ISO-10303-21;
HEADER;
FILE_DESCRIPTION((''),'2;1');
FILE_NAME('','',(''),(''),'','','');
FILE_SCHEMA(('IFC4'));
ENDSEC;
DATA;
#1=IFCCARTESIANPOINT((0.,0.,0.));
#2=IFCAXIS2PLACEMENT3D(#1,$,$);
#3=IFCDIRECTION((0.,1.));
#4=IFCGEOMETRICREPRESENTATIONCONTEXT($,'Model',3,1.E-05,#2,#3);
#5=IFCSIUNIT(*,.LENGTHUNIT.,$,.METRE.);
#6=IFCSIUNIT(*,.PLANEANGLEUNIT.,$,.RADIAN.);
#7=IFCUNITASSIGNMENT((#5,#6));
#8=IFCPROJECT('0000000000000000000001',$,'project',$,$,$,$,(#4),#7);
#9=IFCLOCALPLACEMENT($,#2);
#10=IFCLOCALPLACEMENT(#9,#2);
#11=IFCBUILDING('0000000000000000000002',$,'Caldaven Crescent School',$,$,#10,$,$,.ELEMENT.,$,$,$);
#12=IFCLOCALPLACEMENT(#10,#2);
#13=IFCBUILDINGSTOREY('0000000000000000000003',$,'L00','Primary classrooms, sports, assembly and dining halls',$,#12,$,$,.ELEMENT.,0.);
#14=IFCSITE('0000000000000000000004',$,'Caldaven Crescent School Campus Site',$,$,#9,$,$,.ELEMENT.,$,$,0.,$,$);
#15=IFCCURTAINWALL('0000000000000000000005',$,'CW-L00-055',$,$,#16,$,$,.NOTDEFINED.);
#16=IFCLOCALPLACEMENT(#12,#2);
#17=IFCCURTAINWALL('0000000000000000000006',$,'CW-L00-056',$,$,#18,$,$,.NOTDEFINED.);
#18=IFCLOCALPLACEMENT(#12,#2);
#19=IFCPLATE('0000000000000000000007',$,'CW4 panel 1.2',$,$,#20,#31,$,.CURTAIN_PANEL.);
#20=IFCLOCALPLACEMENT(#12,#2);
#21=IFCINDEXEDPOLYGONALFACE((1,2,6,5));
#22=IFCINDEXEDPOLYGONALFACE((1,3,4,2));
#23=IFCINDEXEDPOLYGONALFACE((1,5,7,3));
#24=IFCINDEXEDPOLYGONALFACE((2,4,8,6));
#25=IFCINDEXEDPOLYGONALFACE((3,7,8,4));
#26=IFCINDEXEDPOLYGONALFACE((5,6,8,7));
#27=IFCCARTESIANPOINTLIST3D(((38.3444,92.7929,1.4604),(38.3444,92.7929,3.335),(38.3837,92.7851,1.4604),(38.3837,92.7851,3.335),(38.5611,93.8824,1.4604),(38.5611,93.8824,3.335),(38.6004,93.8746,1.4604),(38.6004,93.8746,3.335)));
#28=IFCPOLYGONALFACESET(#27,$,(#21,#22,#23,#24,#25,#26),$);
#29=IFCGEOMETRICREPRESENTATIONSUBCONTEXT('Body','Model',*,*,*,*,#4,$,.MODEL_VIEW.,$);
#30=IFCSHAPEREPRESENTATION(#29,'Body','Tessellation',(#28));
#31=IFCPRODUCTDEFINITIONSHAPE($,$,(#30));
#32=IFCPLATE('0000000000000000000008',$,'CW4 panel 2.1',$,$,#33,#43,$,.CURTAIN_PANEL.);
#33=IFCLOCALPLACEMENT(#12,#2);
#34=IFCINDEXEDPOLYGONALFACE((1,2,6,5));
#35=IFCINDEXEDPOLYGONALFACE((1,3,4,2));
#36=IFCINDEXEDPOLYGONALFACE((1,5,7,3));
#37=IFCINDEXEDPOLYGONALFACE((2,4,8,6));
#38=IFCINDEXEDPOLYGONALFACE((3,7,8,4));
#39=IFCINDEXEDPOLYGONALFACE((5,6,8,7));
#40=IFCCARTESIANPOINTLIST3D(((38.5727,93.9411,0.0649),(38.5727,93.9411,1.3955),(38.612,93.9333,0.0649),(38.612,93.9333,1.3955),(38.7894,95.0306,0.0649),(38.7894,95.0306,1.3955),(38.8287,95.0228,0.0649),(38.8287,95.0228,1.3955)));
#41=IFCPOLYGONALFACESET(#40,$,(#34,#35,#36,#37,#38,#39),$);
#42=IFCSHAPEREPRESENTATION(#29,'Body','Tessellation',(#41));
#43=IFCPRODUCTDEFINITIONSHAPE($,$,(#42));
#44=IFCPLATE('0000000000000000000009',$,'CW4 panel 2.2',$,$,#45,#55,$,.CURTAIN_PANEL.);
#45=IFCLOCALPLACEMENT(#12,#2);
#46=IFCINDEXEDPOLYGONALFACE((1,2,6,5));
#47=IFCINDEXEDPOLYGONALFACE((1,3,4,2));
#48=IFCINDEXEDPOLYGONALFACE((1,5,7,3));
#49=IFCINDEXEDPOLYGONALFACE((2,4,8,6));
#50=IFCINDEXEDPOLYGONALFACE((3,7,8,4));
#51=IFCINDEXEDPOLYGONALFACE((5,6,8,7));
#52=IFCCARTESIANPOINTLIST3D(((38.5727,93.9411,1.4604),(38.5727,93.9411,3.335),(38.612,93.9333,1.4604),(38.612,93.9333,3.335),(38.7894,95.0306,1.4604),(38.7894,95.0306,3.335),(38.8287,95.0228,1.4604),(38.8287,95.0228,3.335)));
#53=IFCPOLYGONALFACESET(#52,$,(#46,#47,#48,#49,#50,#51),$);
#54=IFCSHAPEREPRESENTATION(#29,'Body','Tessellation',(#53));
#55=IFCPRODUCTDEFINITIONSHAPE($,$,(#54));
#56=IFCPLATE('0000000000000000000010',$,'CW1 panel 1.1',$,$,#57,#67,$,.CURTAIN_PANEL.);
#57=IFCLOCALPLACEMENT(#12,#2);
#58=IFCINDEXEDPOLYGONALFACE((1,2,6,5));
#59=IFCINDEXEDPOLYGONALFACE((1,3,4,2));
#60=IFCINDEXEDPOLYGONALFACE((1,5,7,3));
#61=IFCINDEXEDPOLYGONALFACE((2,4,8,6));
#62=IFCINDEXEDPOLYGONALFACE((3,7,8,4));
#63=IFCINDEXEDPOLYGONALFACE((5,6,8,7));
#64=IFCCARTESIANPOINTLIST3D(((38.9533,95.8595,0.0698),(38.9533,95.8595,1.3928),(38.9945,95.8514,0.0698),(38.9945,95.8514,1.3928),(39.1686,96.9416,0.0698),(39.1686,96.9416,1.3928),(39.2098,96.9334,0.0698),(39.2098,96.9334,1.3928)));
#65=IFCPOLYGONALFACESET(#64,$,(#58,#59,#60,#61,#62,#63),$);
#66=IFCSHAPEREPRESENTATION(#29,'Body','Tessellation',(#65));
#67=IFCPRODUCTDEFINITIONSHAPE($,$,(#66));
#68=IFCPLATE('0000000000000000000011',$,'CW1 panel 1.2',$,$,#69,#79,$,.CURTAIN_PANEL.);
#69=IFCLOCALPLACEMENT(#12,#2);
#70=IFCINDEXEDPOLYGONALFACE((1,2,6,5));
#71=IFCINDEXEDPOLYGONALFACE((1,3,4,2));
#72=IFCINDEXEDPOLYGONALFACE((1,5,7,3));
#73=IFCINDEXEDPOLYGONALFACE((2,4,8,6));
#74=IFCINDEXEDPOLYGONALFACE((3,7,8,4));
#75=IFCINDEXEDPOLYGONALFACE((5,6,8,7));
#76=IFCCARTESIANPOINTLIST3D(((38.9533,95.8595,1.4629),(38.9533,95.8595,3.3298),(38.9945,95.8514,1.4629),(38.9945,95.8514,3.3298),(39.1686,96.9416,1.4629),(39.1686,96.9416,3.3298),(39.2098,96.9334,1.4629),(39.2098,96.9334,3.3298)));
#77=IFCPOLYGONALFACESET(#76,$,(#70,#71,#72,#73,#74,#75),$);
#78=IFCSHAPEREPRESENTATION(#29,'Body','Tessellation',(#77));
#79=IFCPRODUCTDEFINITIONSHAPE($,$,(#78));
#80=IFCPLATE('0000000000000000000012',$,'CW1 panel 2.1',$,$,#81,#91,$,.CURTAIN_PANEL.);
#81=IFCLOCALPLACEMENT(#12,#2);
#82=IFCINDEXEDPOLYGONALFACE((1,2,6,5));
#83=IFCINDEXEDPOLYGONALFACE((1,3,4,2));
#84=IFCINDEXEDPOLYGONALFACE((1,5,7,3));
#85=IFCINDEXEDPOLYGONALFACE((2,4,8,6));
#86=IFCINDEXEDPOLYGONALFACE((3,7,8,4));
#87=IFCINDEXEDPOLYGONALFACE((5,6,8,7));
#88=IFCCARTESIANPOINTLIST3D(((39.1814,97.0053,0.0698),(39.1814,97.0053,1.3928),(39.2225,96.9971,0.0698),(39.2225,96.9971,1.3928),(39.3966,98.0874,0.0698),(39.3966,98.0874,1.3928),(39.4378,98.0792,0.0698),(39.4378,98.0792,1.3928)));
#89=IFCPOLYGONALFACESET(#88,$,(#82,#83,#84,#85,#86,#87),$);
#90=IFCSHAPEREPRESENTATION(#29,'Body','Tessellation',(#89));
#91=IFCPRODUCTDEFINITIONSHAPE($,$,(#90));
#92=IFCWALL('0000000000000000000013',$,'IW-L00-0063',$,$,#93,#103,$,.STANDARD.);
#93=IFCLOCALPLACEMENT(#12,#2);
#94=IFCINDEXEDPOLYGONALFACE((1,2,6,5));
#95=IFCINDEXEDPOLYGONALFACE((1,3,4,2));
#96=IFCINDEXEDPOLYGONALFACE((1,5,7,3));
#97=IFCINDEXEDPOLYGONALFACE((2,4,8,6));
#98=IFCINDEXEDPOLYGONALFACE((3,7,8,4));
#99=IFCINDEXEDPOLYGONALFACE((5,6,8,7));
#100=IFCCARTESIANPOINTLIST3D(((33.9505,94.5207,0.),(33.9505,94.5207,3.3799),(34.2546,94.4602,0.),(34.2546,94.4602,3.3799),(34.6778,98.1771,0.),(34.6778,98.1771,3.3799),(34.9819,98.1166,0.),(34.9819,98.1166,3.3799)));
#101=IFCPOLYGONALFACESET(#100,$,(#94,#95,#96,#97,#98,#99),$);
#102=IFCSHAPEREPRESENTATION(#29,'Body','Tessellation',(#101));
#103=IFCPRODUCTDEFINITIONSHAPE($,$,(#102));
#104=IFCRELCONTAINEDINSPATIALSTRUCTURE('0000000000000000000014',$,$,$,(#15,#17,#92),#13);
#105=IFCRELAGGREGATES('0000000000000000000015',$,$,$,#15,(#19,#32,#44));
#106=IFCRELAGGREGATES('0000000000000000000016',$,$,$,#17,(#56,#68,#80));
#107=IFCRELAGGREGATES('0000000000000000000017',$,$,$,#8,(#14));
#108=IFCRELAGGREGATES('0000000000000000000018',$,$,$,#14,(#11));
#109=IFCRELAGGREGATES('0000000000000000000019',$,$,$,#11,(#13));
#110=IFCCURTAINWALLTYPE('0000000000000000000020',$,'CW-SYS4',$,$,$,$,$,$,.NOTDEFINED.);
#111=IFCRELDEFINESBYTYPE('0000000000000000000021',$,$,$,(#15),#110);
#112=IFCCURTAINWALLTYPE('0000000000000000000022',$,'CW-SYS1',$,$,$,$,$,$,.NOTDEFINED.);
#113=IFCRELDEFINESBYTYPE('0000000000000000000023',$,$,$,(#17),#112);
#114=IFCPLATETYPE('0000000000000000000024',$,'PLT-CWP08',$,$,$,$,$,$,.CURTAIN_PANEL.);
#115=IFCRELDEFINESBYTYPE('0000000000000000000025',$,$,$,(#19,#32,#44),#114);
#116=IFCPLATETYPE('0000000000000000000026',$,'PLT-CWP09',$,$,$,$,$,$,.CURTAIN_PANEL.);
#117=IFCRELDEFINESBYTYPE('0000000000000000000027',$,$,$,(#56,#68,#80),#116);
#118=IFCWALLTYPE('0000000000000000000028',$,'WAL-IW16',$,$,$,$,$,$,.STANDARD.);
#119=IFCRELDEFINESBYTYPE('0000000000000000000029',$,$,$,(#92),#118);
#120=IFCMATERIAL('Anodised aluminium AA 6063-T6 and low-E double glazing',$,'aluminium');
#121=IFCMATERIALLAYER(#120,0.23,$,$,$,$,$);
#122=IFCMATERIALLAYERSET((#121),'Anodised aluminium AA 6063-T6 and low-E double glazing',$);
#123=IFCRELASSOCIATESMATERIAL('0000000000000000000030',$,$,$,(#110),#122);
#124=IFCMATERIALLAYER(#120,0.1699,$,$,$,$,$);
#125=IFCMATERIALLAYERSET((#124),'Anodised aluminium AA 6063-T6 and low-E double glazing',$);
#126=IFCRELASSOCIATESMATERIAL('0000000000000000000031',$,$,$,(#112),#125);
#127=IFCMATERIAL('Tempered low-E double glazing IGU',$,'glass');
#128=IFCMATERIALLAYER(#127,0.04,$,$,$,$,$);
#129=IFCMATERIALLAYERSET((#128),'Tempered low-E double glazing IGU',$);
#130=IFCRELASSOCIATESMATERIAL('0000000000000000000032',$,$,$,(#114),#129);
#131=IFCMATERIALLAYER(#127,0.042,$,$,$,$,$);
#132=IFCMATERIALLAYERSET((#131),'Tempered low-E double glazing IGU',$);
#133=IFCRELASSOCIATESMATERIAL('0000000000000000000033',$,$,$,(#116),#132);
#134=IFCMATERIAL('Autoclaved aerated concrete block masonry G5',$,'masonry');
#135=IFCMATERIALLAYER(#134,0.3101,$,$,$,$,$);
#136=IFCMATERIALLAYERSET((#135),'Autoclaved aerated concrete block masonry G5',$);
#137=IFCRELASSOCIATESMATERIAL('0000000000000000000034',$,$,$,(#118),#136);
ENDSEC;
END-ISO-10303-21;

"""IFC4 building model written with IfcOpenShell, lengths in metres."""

from ifc_helpers import new_model, si_unit, direction, frame, frame_2d, origin, origin_2d, place, context, subcontext, project, spatial, rectangle, extrude, material, layer, layer_set, type_object, element, aggregate, save


model = new_model("IFC4")

# Units and contexts
model_context = context("Model", 3, precision=1e-05, world=origin(), true_north=direction((0.0, 1.0)))
body_context = subcontext(model_context, "Body", "Model", "MODEL_VIEW")
ifc_project = project(units=[si_unit("LENGTHUNIT", "METRE"), si_unit("PLANEANGLEUNIT", "RADIAN")], contexts=[model_context])

# Site, building, storey
site_placement = place(None, origin())
site = spatial("IfcSite", under=ifc_project, at=site_placement, Name="Caldaven Crescent School Campus Site", CompositionType="ELEMENT", RefElevation=0.0)
building_placement = place(site_placement, origin())
building = spatial("IfcBuilding", under=site, at=building_placement, Name="Caldaven Crescent School", CompositionType="ELEMENT")
storey_placement = place(building_placement, origin())
storey = spatial("IfcBuildingStorey", under=building, at=storey_placement, Name="L00", Description="Primary classrooms, sports, assembly and dining halls", CompositionType="ELEMENT", Elevation=0.0)

# Curtain walls
ifc_material_1 = material(Name="Anodised aluminium AA 6063-T6 and low-E double glazing", Category="aluminium")
ifc_layer_1 = layer(ifc_material_1, 0.23)
ifc_layer_set_1 = layer_set([ifc_layer_1], Name="Anodised aluminium AA 6063-T6 and low-E double glazing")
curtain_wall_type_1 = type_object("IfcCurtainWallType", Name="CW-SYS4", PredefinedType="NOTDEFINED", material=ifc_layer_set_1)
curtain_wall_1_placement = place(storey_placement, origin())
curtain_wall_1 = element("IfcCurtainWall", 1, at=curtain_wall_1_placement, inside=storey, type_object=curtain_wall_type_1, Name="CW-L00-055", PredefinedType="NOTDEFINED")
ifc_layer_2 = layer(ifc_material_1, 0.1699)
ifc_layer_set_2 = layer_set([ifc_layer_2], Name="Anodised aluminium AA 6063-T6 and low-E double glazing")
curtain_wall_type_2 = type_object("IfcCurtainWallType", Name="CW-SYS1", PredefinedType="NOTDEFINED", material=ifc_layer_set_2)
curtain_wall_2_placement = place(storey_placement, origin())
curtain_wall_2 = element("IfcCurtainWall", 2, at=curtain_wall_2_placement, inside=storey, type_object=curtain_wall_type_2, Name="CW-L00-056", PredefinedType="NOTDEFINED")

# Plates
ifc_material_2 = material(Name="Tempered low-E double glazing IGU", Category="glass")
ifc_layer_3 = layer(ifc_material_2, 0.04)
ifc_layer_set_3 = layer_set([ifc_layer_3], Name="Tempered low-E double glazing IGU")
plate_type_1 = type_object("IfcPlateType", Name="PLT-CWP08", PredefinedType="CURTAIN_PANEL", material=ifc_layer_set_3)
plate_1_placement = place(storey_placement, frame((38.4724, 93.3337, 1.4604), z_axis=(0.0, 0.0, 1.0), x_axis=(0.195087, 0.980786, 0.0)))
plate_1 = element("IfcPlate", 3, at=plate_1_placement, type_object=plate_type_1, Name="CW4 panel 1.2", PredefinedType="CURTAIN_PANEL", context=body_context, shape_type="SweptSolid", body=[
    extrude(rectangle(XDim=1.1108, YDim=0.04, at=origin_2d()), origin(), (0.0, 0.0, 1.0), 1.8745),
])
plate_2_placement = place(storey_placement, frame((38.7007, 94.4819, 0.0649), z_axis=(0.0, 0.0, 1.0), x_axis=(0.195087, 0.980786, 0.0)))
plate_2 = element("IfcPlate", 4, at=plate_2_placement, type_object=plate_type_1, Name="CW4 panel 2.1", PredefinedType="CURTAIN_PANEL", context=body_context, shape_type="SweptSolid", body=[
    extrude(rectangle(XDim=1.1108, YDim=0.04, at=origin_2d()), origin(), (0.0, 0.0, 1.0), 1.3306),
])
plate_3_placement = place(storey_placement, frame((38.7007, 94.4819, 1.4604), z_axis=(0.0, 0.0, 1.0), x_axis=(0.195087, 0.980786, 0.0)))
plate_3 = element("IfcPlate", 5, at=plate_3_placement, type_object=plate_type_1, Name="CW4 panel 2.2", PredefinedType="CURTAIN_PANEL", context=body_context, shape_type="SweptSolid", body=[
    extrude(rectangle(XDim=1.1108, YDim=0.04, at=origin_2d()), origin(), (0.0, 0.0, 1.0), 1.8745),
])
aggregate(curtain_wall_1, [plate_1, plate_2, plate_3])
ifc_layer_4 = layer(ifc_material_2, 0.042)
ifc_layer_set_4 = layer_set([ifc_layer_4], Name="Tempered low-E double glazing IGU")
plate_type_2 = type_object("IfcPlateType", Name="PLT-CWP09", PredefinedType="CURTAIN_PANEL", material=ifc_layer_set_4)
plate_4_placement = place(storey_placement, frame((39.0815, 96.3965, 0.0698), z_axis=(0.0, 0.0, 1.0), x_axis=(0.195091, 0.980785, 0.0)))
plate_4 = element("IfcPlate", 6, at=plate_4_placement, type_object=plate_type_2, Name="CW1 panel 1.1", PredefinedType="CURTAIN_PANEL", context=body_context, shape_type="SweptSolid", body=[
    extrude(rectangle(XDim=1.1033, YDim=0.042, at=origin_2d()), origin(), (0.0, 0.0, 1.0), 1.323),
])
plate_5_placement = place(storey_placement, frame((39.0815, 96.3965, 1.4629), z_axis=(0.0, 0.0, 1.0), x_axis=(0.195091, 0.980785, 0.0)))
plate_5 = element("IfcPlate", 7, at=plate_5_placement, type_object=plate_type_2, Name="CW1 panel 1.2", PredefinedType="CURTAIN_PANEL", context=body_context, shape_type="SweptSolid", body=[
    extrude(rectangle(XDim=1.1033, YDim=0.042, at=origin_2d()), origin(), (0.0, 0.0, 1.0), 1.8669),
])
plate_6_placement = place(storey_placement, frame((39.3096, 97.5422, 0.0698), z_axis=(0.0, 0.0, 1.0), x_axis=(0.195091, 0.980785, 0.0)))
plate_6 = element("IfcPlate", 8, at=plate_6_placement, type_object=plate_type_2, Name="CW1 panel 2.1", PredefinedType="CURTAIN_PANEL", context=body_context, shape_type="SweptSolid", body=[
    extrude(rectangle(XDim=1.1033, YDim=0.042, at=origin_2d()), origin(), (0.0, 0.0, 1.0), 1.323),
])
aggregate(curtain_wall_2, [plate_4, plate_5, plate_6])

# Wall
ifc_material_3 = material(Name="Autoclaved aerated concrete block masonry G5", Category="masonry")
ifc_layer_5 = layer(ifc_material_3, 0.3101)
ifc_layer_set_5 = layer_set([ifc_layer_5], Name="Autoclaved aerated concrete block masonry G5")
wall_type = type_object("IfcWallType", Name="WAL-IW16", PredefinedType="STANDARD", material=ifc_layer_set_5)
wall_placement = place(storey_placement, frame((34.1025, 94.4905, 0.0), z_axis=(0.0, 0.0, 1.0), x_axis=(0.195083, 0.980787, 0.0)))
element("IfcWall", 9, at=wall_placement, inside=storey, type_object=wall_type, Name="IW-L00-0063", PredefinedType="STANDARD", context=body_context, shape_type="SweptSolid", body=[
    extrude(rectangle(XDim=3.728, YDim=0.3101, at=frame_2d((1.864, 0.0))), origin(), (0.0, 0.0, 1.0), 3.3799),
])

save(model, "model.ifc")
